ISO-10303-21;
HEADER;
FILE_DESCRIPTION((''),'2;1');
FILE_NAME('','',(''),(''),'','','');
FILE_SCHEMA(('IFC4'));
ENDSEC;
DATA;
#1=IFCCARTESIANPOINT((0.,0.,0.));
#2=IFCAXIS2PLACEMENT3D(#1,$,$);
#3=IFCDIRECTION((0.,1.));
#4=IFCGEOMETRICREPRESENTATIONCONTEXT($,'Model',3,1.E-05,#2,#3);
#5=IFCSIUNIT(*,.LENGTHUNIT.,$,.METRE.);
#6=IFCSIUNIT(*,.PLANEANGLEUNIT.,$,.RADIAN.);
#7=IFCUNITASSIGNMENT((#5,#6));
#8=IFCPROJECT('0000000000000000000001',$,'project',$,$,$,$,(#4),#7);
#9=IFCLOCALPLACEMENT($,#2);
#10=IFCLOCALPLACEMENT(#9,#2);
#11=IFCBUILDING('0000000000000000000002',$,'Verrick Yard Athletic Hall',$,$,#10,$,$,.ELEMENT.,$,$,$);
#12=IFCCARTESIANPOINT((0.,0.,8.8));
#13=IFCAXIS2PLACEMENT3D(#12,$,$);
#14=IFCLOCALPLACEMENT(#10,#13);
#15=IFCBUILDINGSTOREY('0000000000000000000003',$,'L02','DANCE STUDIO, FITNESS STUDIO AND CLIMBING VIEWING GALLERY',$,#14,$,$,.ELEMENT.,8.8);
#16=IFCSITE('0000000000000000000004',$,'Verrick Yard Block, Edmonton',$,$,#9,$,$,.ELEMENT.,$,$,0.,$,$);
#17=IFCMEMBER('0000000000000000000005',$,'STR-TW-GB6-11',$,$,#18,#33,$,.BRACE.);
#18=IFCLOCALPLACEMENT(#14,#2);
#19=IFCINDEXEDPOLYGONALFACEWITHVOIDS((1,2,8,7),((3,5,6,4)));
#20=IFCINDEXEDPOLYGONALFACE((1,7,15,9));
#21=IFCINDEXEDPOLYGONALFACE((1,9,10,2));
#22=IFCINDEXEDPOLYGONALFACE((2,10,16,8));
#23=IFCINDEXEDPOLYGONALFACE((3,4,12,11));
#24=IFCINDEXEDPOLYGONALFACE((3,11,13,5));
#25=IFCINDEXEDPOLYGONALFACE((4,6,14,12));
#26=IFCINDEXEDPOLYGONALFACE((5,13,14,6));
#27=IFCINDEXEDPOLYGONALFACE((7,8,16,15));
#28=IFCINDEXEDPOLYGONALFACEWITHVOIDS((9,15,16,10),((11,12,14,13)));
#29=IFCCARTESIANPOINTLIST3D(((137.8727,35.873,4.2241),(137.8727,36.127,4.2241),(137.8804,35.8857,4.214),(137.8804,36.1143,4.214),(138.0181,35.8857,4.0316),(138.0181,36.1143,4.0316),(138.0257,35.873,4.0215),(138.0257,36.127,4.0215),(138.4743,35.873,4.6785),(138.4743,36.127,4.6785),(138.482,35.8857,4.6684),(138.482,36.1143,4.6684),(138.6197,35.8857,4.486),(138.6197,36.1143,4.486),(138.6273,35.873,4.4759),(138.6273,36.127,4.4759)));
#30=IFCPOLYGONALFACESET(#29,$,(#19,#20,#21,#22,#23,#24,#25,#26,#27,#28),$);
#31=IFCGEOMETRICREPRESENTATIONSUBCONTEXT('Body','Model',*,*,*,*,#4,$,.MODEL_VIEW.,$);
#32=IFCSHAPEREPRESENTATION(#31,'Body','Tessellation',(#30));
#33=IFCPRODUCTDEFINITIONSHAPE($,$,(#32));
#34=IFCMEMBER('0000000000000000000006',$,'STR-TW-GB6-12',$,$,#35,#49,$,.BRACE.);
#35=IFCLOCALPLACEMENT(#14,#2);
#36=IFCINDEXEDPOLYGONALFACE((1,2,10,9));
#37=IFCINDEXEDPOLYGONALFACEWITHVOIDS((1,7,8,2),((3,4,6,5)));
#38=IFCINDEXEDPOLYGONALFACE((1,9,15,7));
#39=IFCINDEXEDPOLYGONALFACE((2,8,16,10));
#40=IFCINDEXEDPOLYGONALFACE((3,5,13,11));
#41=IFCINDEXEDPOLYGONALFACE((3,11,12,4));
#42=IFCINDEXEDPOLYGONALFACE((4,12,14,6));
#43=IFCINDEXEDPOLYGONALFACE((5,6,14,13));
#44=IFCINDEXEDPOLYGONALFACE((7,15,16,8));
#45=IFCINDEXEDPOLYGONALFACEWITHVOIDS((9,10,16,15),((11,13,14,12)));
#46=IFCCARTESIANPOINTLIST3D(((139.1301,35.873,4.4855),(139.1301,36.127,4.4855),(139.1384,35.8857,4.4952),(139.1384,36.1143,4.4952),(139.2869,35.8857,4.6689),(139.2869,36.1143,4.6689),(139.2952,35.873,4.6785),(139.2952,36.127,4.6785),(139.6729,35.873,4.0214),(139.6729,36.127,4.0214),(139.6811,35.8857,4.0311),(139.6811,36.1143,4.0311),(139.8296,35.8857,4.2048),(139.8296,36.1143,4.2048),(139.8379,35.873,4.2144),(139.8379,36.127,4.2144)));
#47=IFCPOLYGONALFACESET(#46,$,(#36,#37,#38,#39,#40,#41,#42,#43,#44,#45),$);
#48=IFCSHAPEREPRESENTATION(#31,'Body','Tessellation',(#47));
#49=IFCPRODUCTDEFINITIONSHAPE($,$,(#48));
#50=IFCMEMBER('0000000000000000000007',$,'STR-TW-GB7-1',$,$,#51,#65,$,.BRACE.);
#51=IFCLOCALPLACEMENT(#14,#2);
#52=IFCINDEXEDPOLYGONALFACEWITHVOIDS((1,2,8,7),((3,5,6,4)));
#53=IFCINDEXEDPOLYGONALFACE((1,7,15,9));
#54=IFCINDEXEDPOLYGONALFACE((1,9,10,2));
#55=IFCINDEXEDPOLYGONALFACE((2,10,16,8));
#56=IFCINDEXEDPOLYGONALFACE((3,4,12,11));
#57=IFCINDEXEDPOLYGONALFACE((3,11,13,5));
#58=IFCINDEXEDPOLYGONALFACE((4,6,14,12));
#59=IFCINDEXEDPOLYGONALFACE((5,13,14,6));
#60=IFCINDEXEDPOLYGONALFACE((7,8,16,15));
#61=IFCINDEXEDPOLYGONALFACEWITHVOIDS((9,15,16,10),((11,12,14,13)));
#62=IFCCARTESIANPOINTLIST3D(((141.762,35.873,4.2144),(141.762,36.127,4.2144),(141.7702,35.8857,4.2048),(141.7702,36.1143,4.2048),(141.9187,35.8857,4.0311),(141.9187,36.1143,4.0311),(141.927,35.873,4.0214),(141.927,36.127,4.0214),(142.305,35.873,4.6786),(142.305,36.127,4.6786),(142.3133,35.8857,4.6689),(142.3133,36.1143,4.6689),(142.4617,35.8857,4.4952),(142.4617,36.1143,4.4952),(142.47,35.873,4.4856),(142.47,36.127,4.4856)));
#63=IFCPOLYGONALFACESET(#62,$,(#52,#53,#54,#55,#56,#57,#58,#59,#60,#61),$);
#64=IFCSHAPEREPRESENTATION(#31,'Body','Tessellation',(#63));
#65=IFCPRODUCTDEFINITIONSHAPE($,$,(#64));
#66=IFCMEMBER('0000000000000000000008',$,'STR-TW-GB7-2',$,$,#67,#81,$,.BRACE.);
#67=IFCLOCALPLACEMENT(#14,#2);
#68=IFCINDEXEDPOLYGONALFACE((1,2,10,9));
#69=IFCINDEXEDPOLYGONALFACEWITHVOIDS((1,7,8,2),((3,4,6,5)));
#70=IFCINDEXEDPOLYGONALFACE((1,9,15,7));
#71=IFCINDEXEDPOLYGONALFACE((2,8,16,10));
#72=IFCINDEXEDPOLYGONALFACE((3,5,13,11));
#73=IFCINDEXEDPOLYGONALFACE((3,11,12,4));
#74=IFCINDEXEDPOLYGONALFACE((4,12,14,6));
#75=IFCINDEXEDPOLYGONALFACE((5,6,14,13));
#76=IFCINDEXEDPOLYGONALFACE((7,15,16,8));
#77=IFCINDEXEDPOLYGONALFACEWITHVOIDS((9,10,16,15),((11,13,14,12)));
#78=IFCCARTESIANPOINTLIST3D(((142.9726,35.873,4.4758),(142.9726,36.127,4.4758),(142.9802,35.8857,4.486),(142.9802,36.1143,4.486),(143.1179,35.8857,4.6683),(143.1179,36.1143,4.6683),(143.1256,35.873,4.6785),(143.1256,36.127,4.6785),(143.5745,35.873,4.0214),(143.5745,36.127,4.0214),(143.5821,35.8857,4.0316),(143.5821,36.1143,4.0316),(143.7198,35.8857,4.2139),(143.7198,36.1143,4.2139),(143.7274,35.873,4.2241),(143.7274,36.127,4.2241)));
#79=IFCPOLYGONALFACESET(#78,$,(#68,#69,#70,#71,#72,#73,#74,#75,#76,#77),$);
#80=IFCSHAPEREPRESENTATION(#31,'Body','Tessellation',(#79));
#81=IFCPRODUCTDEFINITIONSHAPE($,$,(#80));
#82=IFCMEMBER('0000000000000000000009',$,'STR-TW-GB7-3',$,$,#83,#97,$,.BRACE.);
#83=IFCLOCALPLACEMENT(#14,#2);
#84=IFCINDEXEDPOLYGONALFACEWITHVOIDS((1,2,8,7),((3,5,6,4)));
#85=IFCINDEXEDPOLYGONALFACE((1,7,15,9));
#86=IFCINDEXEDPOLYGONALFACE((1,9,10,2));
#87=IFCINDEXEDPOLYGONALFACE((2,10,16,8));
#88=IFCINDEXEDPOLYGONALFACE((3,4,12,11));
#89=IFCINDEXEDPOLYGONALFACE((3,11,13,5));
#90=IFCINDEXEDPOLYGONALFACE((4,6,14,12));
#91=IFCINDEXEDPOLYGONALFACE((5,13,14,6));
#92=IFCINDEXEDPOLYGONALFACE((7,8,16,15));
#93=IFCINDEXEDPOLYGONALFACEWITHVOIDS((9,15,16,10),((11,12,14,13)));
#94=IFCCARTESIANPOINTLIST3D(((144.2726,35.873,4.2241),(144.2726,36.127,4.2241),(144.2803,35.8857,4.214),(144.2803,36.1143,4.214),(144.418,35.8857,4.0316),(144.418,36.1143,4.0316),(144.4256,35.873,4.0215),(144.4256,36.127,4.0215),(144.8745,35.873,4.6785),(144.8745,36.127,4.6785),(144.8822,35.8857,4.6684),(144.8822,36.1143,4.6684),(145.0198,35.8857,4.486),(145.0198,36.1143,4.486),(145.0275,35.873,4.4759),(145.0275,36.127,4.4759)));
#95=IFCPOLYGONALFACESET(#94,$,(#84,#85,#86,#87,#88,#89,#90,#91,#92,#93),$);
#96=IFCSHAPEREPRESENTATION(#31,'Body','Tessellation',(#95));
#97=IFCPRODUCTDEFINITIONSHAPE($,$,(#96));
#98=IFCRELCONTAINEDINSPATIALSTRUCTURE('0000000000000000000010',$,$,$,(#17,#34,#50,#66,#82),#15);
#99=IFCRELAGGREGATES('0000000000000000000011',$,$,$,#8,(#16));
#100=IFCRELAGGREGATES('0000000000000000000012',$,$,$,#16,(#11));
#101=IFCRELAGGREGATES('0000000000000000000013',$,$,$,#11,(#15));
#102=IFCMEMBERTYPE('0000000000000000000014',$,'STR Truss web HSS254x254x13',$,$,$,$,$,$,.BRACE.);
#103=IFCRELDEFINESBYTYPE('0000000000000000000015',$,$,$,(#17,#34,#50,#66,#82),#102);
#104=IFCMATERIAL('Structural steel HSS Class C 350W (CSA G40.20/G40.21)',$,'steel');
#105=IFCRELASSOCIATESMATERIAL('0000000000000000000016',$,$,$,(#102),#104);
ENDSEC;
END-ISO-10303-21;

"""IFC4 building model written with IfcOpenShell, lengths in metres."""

from ifc_helpers import new_model, si_unit, direction, frame, origin, origin_2d, place, context, subcontext, project, spatial, hollow_rectangle, extrude, material, material_profile, profile_set, type_object, element, save


model = new_model("IFC4")

# Units and contexts
model_context = context("Model", 3, precision=1e-05, world=origin(), true_north=direction((0.0, 1.0)))
body_context = subcontext(model_context, "Body", "Model", "MODEL_VIEW")
ifc_project = project(units=[si_unit("LENGTHUNIT", "METRE"), si_unit("PLANEANGLEUNIT", "RADIAN")], contexts=[model_context])

# Site, building, storey
site_placement = place(None, origin())
site = spatial("IfcSite", under=ifc_project, at=site_placement, Name="Verrick Yard Block, Edmonton", CompositionType="ELEMENT", RefElevation=0.0)
building_placement = place(site_placement, origin())
building = spatial("IfcBuilding", under=site, at=building_placement, Name="Verrick Yard Athletic Hall", CompositionType="ELEMENT")
storey_placement = place(building_placement, frame((0.0, 0.0, 8.8)))
storey = spatial("IfcBuildingStorey", under=building, at=storey_placement, Name="L02", Description="DANCE STUDIO, FITNESS STUDIO AND CLIMBING VIEWING GALLERY", CompositionType="ELEMENT", Elevation=8.8)

# Members
ifc_material_1 = material(Name="Structural steel HSS Class C 350W (CSA G40.20/G40.21)", Category="steel")
ifc_material_profile_1 = material_profile(ifc_material_1, hollow_rectangle(XDim=0.2539, YDim=0.2539, WallThickness=0.0127, at=origin_2d()), Name="HSS254x254x13")
ifc_profile_set_1 = profile_set([ifc_material_profile_1], Name="Structural steel HSS Class C 350W (CSA G40.20/G40.21)")
member_type_1 = type_object("IfcMemberType", Name="STR Truss web HSS254x254x13", PredefinedType="BRACE", material=ifc_profile_set_1)
member_1_placement = place(storey_placement, frame((137.9492, 36.0, 4.1228), z_axis=(0.797975, 0.0, 0.602691), x_axis=(0.0, 1.0, 0.0)))
element("IfcMember", 1, at=member_1_placement, inside=storey, type_object=member_type_1, Name="STR-TW-GB6-11", PredefinedType="BRACE", context=body_context, shape_type="SweptSolid", body=[
    extrude(hollow_rectangle(XDim=0.2539, YDim=0.2539, WallThickness=0.0127, at=origin_2d()), origin(), (0.0, 0.0, 1.0), 0.7539),
])
member_2_placement = place(storey_placement, frame((139.2126, 36.0, 4.582), z_axis=(0.760004, 0.0, -0.649918), x_axis=(0.0, 1.0, 0.0)))
element("IfcMember", 2, at=member_2_placement, inside=storey, type_object=member_type_1, Name="STR-TW-GB6-12", PredefinedType="BRACE", context=body_context, shape_type="SweptSolid", body=[
    extrude(hollow_rectangle(XDim=0.2539, YDim=0.2539, WallThickness=0.0127, at=origin_2d()), origin(), (0.0, 0.0, 1.0), 0.7141),
])
member_3_placement = place(storey_placement, frame((141.8445, 36.0, 4.1179), z_axis=(0.760149, 0.0, 0.649749), x_axis=(0.0, 1.0, 0.0)))
element("IfcMember", 3, at=member_3_placement, inside=storey, type_object=member_type_1, Name="STR-TW-GB7-1", PredefinedType="BRACE", context=body_context, shape_type="SweptSolid", body=[
    extrude(hollow_rectangle(XDim=0.2539, YDim=0.2539, WallThickness=0.0127, at=origin_2d()), origin(), (0.0, 0.0, 1.0), 0.7144),
])
for number, where, z_axis, x_axis, name in (
    (4, (143.0491, 36.0, 4.5771), (0.798092, 0.0, -0.602535), (0.0, 1.0, 0.0), "STR-TW-GB7-2"),
    (5, (144.3491, 36.0, 4.1228), (0.798092, 0.0, 0.602535), (0.0, 1.0, 0.0), "STR-TW-GB7-3"),
):
    element("IfcMember", number, at=place(storey_placement, frame(where, z_axis=z_axis, x_axis=x_axis)), inside=storey, type_object=member_type_1, Name=name, PredefinedType="BRACE", context=body_context, shape_type="SweptSolid", body=[
        extrude(hollow_rectangle(XDim=0.2539, YDim=0.2539, WallThickness=0.0127, at=origin_2d()), origin(), (0.0, 0.0, 1.0), 0.7542),
    ])

save(model, "model.ifc")
